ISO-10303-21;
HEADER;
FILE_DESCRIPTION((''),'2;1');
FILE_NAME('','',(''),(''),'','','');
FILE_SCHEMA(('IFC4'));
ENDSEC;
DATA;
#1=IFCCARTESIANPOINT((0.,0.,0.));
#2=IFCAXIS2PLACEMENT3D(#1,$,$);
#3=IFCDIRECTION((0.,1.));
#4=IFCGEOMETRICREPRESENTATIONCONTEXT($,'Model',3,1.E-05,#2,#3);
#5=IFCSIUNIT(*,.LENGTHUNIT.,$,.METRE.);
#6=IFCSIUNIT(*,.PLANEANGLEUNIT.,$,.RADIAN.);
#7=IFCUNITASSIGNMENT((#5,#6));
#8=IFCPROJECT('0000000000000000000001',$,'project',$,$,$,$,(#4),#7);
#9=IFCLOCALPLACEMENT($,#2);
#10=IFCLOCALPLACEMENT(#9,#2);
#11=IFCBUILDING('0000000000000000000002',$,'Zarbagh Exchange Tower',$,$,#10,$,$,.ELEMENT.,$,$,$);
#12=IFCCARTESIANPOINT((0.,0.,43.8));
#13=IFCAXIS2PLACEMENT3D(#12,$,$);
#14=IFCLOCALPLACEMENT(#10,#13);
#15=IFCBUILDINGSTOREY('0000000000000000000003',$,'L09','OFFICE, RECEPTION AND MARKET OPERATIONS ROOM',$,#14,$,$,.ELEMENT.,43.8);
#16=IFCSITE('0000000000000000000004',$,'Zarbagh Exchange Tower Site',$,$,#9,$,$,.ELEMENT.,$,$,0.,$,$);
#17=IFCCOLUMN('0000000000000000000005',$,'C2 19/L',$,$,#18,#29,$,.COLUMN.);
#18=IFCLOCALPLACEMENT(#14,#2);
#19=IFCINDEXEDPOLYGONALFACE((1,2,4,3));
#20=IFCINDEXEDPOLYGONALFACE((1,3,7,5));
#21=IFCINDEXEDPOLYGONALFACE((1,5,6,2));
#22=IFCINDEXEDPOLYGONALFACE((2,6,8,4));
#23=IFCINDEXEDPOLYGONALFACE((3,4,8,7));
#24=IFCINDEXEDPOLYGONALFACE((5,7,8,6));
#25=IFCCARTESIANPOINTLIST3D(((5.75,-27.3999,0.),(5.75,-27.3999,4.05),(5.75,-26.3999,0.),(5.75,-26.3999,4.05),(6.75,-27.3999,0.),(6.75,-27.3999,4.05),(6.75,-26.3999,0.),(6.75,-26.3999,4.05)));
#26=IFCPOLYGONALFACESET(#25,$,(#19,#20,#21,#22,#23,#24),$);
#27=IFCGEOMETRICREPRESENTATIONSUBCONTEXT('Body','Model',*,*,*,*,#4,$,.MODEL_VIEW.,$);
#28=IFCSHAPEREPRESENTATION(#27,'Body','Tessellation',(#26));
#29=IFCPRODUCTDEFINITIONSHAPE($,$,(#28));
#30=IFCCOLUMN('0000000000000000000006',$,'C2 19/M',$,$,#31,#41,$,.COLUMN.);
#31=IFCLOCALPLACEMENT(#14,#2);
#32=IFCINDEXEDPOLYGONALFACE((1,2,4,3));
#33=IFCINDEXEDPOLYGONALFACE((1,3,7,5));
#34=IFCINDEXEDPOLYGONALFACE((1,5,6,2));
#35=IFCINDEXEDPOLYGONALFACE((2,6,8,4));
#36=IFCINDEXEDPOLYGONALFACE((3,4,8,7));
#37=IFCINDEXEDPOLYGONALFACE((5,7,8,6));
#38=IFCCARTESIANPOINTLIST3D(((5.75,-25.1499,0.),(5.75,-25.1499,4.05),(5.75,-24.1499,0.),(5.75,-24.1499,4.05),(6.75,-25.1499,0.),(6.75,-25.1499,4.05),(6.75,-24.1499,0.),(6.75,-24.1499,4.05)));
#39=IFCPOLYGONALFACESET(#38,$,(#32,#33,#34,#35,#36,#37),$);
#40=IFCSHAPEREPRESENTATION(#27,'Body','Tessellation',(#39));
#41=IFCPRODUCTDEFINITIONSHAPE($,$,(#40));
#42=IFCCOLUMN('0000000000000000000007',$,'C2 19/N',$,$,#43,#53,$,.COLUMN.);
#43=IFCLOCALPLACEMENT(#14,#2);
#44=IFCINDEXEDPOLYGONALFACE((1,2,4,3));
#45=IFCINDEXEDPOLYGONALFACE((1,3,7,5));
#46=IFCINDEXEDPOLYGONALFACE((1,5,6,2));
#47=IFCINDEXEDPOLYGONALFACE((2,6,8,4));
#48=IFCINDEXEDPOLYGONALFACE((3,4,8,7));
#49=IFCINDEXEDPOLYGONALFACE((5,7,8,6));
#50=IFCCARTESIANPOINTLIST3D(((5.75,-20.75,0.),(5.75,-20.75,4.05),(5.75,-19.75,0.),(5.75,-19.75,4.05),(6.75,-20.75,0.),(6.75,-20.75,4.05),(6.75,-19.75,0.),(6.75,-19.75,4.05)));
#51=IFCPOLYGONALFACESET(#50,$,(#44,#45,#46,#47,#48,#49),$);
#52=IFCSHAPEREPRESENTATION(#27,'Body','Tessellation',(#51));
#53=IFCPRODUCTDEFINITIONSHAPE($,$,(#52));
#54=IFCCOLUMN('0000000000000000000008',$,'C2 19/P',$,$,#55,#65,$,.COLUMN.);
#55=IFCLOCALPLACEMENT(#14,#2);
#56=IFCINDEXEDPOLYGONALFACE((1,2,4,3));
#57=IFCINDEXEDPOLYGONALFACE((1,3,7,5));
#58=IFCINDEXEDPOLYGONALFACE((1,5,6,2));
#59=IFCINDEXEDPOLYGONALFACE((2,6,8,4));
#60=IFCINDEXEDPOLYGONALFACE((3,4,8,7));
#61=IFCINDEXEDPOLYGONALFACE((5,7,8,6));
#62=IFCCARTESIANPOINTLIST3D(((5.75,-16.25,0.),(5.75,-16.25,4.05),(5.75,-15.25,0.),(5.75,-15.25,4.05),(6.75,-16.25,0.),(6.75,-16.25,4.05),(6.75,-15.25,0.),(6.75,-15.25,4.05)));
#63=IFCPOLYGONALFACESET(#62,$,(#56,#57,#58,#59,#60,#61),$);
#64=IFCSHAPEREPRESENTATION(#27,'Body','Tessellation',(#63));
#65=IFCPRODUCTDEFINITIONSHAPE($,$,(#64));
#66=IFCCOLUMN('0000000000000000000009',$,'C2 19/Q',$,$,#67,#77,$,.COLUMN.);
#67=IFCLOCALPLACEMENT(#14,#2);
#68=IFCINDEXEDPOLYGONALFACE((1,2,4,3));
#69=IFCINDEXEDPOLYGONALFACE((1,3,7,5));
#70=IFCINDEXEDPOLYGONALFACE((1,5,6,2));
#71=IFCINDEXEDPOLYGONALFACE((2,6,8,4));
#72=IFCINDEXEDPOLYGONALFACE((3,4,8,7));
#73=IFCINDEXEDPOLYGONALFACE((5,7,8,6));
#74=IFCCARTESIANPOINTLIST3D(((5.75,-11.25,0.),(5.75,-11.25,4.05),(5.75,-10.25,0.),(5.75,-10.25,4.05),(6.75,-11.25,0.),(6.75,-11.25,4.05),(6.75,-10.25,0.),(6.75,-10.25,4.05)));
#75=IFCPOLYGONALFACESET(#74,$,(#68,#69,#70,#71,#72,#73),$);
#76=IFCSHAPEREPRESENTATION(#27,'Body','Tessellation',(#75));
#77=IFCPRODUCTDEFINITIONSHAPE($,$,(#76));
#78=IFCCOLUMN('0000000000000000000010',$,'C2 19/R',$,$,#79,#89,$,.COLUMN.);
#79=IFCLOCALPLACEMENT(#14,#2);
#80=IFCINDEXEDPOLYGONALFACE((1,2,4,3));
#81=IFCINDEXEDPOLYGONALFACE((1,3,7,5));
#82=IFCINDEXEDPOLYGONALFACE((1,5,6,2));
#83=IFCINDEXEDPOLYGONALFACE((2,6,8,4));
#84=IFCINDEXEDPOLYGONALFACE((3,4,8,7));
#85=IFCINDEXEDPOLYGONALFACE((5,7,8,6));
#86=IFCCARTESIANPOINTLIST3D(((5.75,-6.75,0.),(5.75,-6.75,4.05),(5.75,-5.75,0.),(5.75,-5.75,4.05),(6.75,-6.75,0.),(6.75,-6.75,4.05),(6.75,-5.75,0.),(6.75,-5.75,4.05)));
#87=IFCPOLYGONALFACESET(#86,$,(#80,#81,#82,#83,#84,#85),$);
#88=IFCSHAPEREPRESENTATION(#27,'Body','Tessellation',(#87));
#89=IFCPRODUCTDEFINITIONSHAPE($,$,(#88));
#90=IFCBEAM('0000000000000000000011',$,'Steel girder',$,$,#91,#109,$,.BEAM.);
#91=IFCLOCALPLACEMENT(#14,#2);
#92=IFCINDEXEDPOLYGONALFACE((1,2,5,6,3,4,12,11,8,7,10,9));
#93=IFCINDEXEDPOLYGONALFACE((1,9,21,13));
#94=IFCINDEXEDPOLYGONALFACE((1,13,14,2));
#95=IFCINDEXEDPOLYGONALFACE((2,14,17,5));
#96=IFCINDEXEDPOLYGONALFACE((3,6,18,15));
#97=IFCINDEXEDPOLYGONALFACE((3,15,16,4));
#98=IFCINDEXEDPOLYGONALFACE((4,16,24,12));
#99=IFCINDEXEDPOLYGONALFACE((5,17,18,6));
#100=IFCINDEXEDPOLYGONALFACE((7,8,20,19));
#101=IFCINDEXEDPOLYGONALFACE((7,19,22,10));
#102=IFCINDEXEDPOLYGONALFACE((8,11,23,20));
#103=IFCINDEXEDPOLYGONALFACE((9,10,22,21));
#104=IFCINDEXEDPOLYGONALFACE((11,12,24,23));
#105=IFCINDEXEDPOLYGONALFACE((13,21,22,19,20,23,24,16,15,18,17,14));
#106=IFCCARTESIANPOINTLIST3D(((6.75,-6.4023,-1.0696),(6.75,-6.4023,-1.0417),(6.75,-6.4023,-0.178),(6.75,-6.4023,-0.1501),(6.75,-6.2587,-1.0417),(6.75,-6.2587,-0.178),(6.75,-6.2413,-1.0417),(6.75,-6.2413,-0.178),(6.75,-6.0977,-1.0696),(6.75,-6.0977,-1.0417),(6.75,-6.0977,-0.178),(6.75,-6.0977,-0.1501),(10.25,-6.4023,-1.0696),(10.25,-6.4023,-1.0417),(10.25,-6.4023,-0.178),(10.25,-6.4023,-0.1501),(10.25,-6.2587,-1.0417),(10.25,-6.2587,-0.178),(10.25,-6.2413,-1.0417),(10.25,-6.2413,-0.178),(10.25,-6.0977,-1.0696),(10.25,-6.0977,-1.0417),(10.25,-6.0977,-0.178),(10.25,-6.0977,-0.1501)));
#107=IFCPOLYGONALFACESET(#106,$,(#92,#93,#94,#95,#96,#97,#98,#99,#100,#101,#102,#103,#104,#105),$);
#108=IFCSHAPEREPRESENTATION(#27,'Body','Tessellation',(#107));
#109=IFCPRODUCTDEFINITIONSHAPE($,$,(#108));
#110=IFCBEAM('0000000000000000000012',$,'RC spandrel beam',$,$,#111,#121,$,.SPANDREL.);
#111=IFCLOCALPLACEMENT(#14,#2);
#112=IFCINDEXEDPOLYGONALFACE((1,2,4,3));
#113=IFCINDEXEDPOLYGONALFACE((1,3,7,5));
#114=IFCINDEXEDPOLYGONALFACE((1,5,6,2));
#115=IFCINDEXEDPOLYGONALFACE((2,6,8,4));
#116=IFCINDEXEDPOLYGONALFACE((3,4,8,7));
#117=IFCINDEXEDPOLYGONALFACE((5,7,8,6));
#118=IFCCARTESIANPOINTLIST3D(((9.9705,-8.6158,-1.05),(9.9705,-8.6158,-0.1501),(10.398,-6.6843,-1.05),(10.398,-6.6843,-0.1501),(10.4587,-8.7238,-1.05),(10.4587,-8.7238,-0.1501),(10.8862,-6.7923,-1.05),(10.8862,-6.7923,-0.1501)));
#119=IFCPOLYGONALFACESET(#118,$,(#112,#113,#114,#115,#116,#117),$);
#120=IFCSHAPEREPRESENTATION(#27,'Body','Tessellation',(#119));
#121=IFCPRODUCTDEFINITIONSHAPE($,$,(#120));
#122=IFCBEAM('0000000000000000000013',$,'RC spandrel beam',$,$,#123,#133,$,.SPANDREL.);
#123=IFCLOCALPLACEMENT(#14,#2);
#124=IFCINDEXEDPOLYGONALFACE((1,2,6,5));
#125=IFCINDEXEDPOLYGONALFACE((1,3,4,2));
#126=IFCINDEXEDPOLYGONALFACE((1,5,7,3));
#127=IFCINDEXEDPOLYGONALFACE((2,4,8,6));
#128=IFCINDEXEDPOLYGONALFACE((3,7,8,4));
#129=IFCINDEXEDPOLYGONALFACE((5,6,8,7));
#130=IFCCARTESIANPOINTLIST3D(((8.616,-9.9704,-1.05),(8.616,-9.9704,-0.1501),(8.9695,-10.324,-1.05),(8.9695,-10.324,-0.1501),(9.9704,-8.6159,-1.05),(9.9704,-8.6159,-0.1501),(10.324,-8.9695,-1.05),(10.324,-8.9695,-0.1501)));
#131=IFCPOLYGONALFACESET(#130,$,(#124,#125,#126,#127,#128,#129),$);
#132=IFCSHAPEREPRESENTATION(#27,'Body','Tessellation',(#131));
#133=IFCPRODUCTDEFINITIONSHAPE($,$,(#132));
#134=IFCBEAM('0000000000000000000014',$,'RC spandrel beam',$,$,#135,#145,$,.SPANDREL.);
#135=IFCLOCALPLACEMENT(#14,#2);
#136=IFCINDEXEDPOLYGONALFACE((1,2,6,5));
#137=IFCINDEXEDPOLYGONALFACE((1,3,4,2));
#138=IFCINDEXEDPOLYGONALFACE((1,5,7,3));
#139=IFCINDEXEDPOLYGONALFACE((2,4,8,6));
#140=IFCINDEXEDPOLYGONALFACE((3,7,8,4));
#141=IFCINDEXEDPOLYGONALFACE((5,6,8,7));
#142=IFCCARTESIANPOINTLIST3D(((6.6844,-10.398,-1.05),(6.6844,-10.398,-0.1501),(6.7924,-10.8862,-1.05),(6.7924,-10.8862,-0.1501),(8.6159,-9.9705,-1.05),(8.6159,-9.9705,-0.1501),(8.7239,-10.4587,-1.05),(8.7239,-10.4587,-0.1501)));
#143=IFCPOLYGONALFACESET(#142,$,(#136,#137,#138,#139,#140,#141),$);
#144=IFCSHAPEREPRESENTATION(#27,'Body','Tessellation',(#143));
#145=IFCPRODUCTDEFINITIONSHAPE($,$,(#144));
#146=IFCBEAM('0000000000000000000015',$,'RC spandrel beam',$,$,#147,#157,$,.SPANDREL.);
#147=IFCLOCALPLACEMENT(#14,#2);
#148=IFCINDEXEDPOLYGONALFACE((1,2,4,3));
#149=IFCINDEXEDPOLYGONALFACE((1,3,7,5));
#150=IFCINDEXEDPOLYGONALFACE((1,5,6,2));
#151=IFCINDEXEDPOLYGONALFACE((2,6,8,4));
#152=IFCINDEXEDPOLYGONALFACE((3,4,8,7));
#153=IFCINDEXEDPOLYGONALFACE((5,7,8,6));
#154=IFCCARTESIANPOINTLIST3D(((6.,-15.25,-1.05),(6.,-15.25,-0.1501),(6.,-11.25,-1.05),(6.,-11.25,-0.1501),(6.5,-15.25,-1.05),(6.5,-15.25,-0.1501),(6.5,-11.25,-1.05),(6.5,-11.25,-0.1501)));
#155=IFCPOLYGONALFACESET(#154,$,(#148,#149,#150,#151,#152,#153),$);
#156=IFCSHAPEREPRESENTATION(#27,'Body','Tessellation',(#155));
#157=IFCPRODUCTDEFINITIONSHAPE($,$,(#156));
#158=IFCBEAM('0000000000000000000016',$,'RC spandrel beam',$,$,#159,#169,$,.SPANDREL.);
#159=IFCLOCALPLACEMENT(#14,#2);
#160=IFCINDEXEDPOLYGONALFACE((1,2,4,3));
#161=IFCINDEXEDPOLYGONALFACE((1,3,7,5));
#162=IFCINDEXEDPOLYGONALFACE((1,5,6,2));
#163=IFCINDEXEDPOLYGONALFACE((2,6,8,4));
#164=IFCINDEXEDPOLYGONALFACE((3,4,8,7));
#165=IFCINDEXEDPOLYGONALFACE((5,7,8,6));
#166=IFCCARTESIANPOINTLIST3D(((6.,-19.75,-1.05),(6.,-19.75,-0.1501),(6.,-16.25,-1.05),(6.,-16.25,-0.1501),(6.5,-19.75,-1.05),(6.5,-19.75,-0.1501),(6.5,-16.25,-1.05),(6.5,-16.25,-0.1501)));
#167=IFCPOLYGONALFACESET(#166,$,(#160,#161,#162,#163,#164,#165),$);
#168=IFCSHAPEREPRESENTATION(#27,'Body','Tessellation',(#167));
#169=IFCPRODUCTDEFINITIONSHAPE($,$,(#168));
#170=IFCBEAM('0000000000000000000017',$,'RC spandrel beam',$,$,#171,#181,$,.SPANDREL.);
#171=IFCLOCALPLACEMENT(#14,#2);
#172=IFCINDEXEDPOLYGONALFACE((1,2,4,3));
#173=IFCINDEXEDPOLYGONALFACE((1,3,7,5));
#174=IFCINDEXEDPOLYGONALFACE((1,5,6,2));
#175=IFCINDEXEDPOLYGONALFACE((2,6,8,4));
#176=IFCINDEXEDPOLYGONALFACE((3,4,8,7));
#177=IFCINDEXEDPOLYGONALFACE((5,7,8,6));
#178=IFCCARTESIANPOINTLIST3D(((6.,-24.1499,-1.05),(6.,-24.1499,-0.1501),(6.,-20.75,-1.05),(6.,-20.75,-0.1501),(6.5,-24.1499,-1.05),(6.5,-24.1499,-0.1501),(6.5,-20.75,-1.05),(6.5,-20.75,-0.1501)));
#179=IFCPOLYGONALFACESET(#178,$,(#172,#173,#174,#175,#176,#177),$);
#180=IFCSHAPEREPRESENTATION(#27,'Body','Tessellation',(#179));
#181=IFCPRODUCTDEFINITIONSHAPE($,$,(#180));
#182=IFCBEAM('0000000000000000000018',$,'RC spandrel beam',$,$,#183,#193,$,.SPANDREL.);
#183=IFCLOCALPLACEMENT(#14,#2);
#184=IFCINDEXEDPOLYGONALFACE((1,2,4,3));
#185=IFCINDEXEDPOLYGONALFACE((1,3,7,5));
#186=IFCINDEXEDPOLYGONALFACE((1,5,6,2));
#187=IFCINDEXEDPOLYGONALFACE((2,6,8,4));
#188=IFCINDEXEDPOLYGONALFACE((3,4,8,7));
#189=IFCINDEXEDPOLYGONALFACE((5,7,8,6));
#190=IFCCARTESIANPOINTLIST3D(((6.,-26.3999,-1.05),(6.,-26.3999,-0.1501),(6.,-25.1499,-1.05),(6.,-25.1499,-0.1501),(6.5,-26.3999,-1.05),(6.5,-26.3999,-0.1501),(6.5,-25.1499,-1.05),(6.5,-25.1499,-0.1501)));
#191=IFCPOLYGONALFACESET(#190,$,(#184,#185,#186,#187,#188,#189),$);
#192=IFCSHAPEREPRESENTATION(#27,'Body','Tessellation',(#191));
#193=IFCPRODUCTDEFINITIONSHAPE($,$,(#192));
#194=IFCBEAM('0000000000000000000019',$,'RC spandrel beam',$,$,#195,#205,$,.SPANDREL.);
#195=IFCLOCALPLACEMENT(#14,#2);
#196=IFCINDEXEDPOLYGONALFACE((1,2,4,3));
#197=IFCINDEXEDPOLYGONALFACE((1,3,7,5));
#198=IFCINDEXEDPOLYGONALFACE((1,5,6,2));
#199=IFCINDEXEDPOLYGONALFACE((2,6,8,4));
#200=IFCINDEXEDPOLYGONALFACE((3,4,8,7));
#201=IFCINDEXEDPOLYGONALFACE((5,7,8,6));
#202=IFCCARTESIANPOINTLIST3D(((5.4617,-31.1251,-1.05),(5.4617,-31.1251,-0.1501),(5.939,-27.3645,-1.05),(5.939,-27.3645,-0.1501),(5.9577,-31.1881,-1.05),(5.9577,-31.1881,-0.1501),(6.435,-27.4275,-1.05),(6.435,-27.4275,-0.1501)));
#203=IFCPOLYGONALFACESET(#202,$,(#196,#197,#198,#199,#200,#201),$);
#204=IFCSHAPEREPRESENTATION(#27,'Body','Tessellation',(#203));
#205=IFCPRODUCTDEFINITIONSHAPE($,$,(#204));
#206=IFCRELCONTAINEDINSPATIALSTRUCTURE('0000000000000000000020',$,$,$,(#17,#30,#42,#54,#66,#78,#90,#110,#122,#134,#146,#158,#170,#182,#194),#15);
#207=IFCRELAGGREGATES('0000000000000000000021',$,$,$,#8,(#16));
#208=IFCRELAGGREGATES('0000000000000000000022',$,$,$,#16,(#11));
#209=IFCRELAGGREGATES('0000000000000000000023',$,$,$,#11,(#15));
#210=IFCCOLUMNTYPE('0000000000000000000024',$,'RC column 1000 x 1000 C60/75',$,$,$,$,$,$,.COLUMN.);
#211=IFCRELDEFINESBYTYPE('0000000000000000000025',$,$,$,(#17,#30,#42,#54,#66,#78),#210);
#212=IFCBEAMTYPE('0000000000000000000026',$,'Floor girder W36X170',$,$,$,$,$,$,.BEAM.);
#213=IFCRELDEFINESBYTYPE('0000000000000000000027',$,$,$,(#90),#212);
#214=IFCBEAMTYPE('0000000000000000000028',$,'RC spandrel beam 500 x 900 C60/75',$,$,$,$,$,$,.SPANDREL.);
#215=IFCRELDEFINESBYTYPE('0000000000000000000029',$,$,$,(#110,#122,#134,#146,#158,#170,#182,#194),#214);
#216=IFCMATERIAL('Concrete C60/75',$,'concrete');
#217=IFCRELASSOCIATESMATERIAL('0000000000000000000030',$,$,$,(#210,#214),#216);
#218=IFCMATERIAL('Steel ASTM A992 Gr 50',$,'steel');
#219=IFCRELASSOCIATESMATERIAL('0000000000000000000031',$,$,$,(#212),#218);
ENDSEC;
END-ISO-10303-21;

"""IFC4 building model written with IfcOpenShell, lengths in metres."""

from ifc_helpers import new_model, si_unit, direction, frame, origin, origin_2d, place, context, subcontext, project, spatial, rectangle, i_section, extrude, material, material_profile, profile_set, type_object, element, save


model = new_model("IFC4")

# Units and contexts
model_context = context("Model", 3, precision=1e-05, world=origin(), true_north=direction((0.0, 1.0)))
body_context = subcontext(model_context, "Body", "Model", "MODEL_VIEW")
ifc_project = project(units=[si_unit("LENGTHUNIT", "METRE"), si_unit("PLANEANGLEUNIT", "RADIAN")], contexts=[model_context])

# Site, building, storey
site_placement = place(None, origin())
site = spatial("IfcSite", under=ifc_project, at=site_placement, Name="Zarbagh Exchange Tower Site", CompositionType="ELEMENT", RefElevation=0.0)
building_placement = place(site_placement, origin())
building = spatial("IfcBuilding", under=site, at=building_placement, Name="Zarbagh Exchange Tower", CompositionType="ELEMENT")
storey_placement = place(building_placement, frame((0.0, 0.0, 43.8)))
storey = spatial("IfcBuildingStorey", under=building, at=storey_placement, Name="L09", Description="OFFICE, RECEPTION AND MARKET OPERATIONS ROOM", CompositionType="ELEMENT", Elevation=43.8)

# Columns
ifc_material_1 = material(Name="Concrete C60/75", Category="concrete")
ifc_material_profile_1 = material_profile(ifc_material_1, rectangle(XDim=1.0, YDim=1.0, at=origin_2d()), Name="RC column 1000 x 1000 C60/75")
ifc_profile_set_1 = profile_set([ifc_material_profile_1], Name="Concrete C60/75")
column_type = type_object("IfcColumnType", Name="RC column 1000 x 1000 C60/75", PredefinedType="COLUMN", material=ifc_profile_set_1)
for number, where, z_axis, x_axis, name in (
    (1, (6.25, -26.8999, 0.0), (0.0, 0.0, 1.0), (1.0, 0.0, 0.0), "C2 19/L"),
    (2, (6.25, -24.6499, 0.0), (0.0, 0.0, 1.0), (1.0, 0.0, 0.0), "C2 19/M"),
    (3, (6.25, -20.25, 0.0), (0.0, 0.0, 1.0), (1.0, 0.0, 0.0), "C2 19/N"),
    (4, (6.25, -15.75, 0.0), (0.0, 0.0, 1.0), (1.0, 0.0, 0.0), "C2 19/P"),
    (5, (6.25, -10.75, 0.0), (0.0, 0.0, 1.0), (1.0, 0.0, 0.0), "C2 19/Q"),
    (6, (6.25, -6.25, 0.0), (0.0, 0.0, 1.0), (1.0, 0.0, 0.0), "C2 19/R"),
):
    element("IfcColumn", number, at=place(storey_placement, frame(where, z_axis=z_axis, x_axis=x_axis)), inside=storey, type_object=column_type, Name=name, PredefinedType="COLUMN", context=body_context, shape_type="SweptSolid", body=[
        extrude(rectangle(XDim=1.0, YDim=1.0, at=origin_2d()), origin(), (0.0, 0.0, 1.0), 4.05),
    ])

# Beams
ifc_material_2 = material(Name="Steel ASTM A992 Gr 50", Category="steel")
ifc_material_profile_2 = material_profile(ifc_material_2, i_section(OverallWidth=0.3047, OverallDepth=0.9194, WebThickness=0.0173, FlangeThickness=0.0278, at=origin_2d()), Name="W36X170")
ifc_profile_set_2 = profile_set([ifc_material_profile_2], Name="Steel ASTM A992 Gr 50")
beam_type_1 = type_object("IfcBeamType", Name="Floor girder W36X170", PredefinedType="BEAM", material=ifc_profile_set_2)
beam_1_placement = place(storey_placement, frame((6.75, -6.25, -0.6099), z_axis=(1.0, 0.0, 0.0), x_axis=(0.0, 1.0, 0.0)))
element("IfcBeam", 7, at=beam_1_placement, inside=storey, type_object=beam_type_1, Name="Steel girder", PredefinedType="BEAM", context=body_context, shape_type="SweptSolid", body=[
    extrude(i_section(OverallWidth=0.3047, OverallDepth=0.9194, WebThickness=0.0173, FlangeThickness=0.0278, at=origin_2d()), origin(), (0.0, 0.0, 1.0), 3.5),
])
ifc_material_profile_3 = material_profile(ifc_material_1, rectangle(XDim=0.5, YDim=0.8999, at=origin_2d()), Name="RC spandrel beam 500 x 900 C60/75")
ifc_profile_set_3 = profile_set([ifc_material_profile_3], Name="Concrete C60/75")
beam_type_2 = type_object("IfcBeamType", Name="RC spandrel beam 500 x 900 C60/75", PredefinedType="SPANDREL", material=ifc_profile_set_3)
beam_2_placement = place(storey_placement, frame((10.6421, -6.7383, -0.6001), z_axis=(-0.216081, -0.976375, 0.0), x_axis=(0.976375, -0.216081, 0.0)))
element("IfcBeam", 8, at=beam_2_placement, inside=storey, type_object=beam_type_2, Name="RC spandrel beam", PredefinedType="SPANDREL", context=body_context, shape_type="SweptSolid", body=[
    extrude(rectangle(XDim=0.5, YDim=0.8999, at=origin_2d()), origin(), (0.0, 0.0, 1.0), 1.9783),
])
beam_3_placement = place(storey_placement, frame((10.1472, -8.7927, -0.6001), z_axis=(-0.707107, -0.707107, 0.0), x_axis=(0.707107, -0.707107, 0.0)))
element("IfcBeam", 9, at=beam_3_placement, inside=storey, type_object=beam_type_2, Name="RC spandrel beam", PredefinedType="SPANDREL", context=body_context, shape_type="SweptSolid", body=[
    extrude(rectangle(XDim=0.5, YDim=0.8999, at=origin_2d()), origin(), (0.0, 0.0, 1.0), 1.9155),
])
beam_4_placement = place(storey_placement, frame((8.6699, -10.2146, -0.6001), z_axis=(-0.976375, -0.216081, 0.0), x_axis=(0.216081, -0.976375, 0.0)))
element("IfcBeam", 10, at=beam_4_placement, inside=storey, type_object=beam_type_2, Name="RC spandrel beam", PredefinedType="SPANDREL", context=body_context, shape_type="SweptSolid", body=[
    extrude(rectangle(XDim=0.5, YDim=0.8999, at=origin_2d()), origin(), (0.0, 0.0, 1.0), 1.9783),
])
beam_5_placement = place(storey_placement, frame((6.25, -11.25, -0.6001), z_axis=(0.0, -1.0, 0.0), x_axis=(1.0, 0.0, 0.0)))
element("IfcBeam", 11, at=beam_5_placement, inside=storey, type_object=beam_type_2, Name="RC spandrel beam", PredefinedType="SPANDREL", context=body_context, shape_type="SweptSolid", body=[
    extrude(rectangle(XDim=0.5, YDim=0.8999, at=origin_2d()), origin(), (0.0, 0.0, 1.0), 4.0),
])
beam_6_placement = place(storey_placement, frame((6.25, -16.25, -0.6001), z_axis=(0.0, -1.0, 0.0), x_axis=(1.0, 0.0, 0.0)))
element("IfcBeam", 12, at=beam_6_placement, inside=storey, type_object=beam_type_2, Name="RC spandrel beam", PredefinedType="SPANDREL", context=body_context, shape_type="SweptSolid", body=[
    extrude(rectangle(XDim=0.5, YDim=0.8999, at=origin_2d()), origin(), (0.0, 0.0, 1.0), 3.5),
])
beam_7_placement = place(storey_placement, frame((6.25, -20.75, -0.6001), z_axis=(0.0, -1.0, 0.0), x_axis=(1.0, 0.0, 0.0)))
element("IfcBeam", 13, at=beam_7_placement, inside=storey, type_object=beam_type_2, Name="RC spandrel beam", PredefinedType="SPANDREL", context=body_context, shape_type="SweptSolid", body=[
    extrude(rectangle(XDim=0.5, YDim=0.8999, at=origin_2d()), origin(), (0.0, 0.0, 1.0), 3.3999),
])
beam_8_placement = place(storey_placement, frame((6.25, -25.1499, -0.6001), z_axis=(0.0, -1.0, 0.0), x_axis=(1.0, 0.0, 0.0)))
element("IfcBeam", 14, at=beam_8_placement, inside=storey, type_object=beam_type_2, Name="RC spandrel beam", PredefinedType="SPANDREL", context=body_context, shape_type="SweptSolid", body=[
    extrude(rectangle(XDim=0.5, YDim=0.8999, at=origin_2d()), origin(), (0.0, 0.0, 1.0), 1.25),
])
beam_9_placement = place(storey_placement, frame((6.187, -27.396, -0.6001), z_axis=(-0.125913, -0.992041, 0.0), x_axis=(0.992041, -0.125913, 0.0)))
element("IfcBeam", 15, at=beam_9_placement, inside=storey, type_object=beam_type_2, Name="RC spandrel beam", PredefinedType="SPANDREL", context=body_context, shape_type="SweptSolid", body=[
    extrude(rectangle(XDim=0.5, YDim=0.8999, at=origin_2d()), origin(), (0.0, 0.0, 1.0), 3.7908),
])

save(model, "model.ifc")
